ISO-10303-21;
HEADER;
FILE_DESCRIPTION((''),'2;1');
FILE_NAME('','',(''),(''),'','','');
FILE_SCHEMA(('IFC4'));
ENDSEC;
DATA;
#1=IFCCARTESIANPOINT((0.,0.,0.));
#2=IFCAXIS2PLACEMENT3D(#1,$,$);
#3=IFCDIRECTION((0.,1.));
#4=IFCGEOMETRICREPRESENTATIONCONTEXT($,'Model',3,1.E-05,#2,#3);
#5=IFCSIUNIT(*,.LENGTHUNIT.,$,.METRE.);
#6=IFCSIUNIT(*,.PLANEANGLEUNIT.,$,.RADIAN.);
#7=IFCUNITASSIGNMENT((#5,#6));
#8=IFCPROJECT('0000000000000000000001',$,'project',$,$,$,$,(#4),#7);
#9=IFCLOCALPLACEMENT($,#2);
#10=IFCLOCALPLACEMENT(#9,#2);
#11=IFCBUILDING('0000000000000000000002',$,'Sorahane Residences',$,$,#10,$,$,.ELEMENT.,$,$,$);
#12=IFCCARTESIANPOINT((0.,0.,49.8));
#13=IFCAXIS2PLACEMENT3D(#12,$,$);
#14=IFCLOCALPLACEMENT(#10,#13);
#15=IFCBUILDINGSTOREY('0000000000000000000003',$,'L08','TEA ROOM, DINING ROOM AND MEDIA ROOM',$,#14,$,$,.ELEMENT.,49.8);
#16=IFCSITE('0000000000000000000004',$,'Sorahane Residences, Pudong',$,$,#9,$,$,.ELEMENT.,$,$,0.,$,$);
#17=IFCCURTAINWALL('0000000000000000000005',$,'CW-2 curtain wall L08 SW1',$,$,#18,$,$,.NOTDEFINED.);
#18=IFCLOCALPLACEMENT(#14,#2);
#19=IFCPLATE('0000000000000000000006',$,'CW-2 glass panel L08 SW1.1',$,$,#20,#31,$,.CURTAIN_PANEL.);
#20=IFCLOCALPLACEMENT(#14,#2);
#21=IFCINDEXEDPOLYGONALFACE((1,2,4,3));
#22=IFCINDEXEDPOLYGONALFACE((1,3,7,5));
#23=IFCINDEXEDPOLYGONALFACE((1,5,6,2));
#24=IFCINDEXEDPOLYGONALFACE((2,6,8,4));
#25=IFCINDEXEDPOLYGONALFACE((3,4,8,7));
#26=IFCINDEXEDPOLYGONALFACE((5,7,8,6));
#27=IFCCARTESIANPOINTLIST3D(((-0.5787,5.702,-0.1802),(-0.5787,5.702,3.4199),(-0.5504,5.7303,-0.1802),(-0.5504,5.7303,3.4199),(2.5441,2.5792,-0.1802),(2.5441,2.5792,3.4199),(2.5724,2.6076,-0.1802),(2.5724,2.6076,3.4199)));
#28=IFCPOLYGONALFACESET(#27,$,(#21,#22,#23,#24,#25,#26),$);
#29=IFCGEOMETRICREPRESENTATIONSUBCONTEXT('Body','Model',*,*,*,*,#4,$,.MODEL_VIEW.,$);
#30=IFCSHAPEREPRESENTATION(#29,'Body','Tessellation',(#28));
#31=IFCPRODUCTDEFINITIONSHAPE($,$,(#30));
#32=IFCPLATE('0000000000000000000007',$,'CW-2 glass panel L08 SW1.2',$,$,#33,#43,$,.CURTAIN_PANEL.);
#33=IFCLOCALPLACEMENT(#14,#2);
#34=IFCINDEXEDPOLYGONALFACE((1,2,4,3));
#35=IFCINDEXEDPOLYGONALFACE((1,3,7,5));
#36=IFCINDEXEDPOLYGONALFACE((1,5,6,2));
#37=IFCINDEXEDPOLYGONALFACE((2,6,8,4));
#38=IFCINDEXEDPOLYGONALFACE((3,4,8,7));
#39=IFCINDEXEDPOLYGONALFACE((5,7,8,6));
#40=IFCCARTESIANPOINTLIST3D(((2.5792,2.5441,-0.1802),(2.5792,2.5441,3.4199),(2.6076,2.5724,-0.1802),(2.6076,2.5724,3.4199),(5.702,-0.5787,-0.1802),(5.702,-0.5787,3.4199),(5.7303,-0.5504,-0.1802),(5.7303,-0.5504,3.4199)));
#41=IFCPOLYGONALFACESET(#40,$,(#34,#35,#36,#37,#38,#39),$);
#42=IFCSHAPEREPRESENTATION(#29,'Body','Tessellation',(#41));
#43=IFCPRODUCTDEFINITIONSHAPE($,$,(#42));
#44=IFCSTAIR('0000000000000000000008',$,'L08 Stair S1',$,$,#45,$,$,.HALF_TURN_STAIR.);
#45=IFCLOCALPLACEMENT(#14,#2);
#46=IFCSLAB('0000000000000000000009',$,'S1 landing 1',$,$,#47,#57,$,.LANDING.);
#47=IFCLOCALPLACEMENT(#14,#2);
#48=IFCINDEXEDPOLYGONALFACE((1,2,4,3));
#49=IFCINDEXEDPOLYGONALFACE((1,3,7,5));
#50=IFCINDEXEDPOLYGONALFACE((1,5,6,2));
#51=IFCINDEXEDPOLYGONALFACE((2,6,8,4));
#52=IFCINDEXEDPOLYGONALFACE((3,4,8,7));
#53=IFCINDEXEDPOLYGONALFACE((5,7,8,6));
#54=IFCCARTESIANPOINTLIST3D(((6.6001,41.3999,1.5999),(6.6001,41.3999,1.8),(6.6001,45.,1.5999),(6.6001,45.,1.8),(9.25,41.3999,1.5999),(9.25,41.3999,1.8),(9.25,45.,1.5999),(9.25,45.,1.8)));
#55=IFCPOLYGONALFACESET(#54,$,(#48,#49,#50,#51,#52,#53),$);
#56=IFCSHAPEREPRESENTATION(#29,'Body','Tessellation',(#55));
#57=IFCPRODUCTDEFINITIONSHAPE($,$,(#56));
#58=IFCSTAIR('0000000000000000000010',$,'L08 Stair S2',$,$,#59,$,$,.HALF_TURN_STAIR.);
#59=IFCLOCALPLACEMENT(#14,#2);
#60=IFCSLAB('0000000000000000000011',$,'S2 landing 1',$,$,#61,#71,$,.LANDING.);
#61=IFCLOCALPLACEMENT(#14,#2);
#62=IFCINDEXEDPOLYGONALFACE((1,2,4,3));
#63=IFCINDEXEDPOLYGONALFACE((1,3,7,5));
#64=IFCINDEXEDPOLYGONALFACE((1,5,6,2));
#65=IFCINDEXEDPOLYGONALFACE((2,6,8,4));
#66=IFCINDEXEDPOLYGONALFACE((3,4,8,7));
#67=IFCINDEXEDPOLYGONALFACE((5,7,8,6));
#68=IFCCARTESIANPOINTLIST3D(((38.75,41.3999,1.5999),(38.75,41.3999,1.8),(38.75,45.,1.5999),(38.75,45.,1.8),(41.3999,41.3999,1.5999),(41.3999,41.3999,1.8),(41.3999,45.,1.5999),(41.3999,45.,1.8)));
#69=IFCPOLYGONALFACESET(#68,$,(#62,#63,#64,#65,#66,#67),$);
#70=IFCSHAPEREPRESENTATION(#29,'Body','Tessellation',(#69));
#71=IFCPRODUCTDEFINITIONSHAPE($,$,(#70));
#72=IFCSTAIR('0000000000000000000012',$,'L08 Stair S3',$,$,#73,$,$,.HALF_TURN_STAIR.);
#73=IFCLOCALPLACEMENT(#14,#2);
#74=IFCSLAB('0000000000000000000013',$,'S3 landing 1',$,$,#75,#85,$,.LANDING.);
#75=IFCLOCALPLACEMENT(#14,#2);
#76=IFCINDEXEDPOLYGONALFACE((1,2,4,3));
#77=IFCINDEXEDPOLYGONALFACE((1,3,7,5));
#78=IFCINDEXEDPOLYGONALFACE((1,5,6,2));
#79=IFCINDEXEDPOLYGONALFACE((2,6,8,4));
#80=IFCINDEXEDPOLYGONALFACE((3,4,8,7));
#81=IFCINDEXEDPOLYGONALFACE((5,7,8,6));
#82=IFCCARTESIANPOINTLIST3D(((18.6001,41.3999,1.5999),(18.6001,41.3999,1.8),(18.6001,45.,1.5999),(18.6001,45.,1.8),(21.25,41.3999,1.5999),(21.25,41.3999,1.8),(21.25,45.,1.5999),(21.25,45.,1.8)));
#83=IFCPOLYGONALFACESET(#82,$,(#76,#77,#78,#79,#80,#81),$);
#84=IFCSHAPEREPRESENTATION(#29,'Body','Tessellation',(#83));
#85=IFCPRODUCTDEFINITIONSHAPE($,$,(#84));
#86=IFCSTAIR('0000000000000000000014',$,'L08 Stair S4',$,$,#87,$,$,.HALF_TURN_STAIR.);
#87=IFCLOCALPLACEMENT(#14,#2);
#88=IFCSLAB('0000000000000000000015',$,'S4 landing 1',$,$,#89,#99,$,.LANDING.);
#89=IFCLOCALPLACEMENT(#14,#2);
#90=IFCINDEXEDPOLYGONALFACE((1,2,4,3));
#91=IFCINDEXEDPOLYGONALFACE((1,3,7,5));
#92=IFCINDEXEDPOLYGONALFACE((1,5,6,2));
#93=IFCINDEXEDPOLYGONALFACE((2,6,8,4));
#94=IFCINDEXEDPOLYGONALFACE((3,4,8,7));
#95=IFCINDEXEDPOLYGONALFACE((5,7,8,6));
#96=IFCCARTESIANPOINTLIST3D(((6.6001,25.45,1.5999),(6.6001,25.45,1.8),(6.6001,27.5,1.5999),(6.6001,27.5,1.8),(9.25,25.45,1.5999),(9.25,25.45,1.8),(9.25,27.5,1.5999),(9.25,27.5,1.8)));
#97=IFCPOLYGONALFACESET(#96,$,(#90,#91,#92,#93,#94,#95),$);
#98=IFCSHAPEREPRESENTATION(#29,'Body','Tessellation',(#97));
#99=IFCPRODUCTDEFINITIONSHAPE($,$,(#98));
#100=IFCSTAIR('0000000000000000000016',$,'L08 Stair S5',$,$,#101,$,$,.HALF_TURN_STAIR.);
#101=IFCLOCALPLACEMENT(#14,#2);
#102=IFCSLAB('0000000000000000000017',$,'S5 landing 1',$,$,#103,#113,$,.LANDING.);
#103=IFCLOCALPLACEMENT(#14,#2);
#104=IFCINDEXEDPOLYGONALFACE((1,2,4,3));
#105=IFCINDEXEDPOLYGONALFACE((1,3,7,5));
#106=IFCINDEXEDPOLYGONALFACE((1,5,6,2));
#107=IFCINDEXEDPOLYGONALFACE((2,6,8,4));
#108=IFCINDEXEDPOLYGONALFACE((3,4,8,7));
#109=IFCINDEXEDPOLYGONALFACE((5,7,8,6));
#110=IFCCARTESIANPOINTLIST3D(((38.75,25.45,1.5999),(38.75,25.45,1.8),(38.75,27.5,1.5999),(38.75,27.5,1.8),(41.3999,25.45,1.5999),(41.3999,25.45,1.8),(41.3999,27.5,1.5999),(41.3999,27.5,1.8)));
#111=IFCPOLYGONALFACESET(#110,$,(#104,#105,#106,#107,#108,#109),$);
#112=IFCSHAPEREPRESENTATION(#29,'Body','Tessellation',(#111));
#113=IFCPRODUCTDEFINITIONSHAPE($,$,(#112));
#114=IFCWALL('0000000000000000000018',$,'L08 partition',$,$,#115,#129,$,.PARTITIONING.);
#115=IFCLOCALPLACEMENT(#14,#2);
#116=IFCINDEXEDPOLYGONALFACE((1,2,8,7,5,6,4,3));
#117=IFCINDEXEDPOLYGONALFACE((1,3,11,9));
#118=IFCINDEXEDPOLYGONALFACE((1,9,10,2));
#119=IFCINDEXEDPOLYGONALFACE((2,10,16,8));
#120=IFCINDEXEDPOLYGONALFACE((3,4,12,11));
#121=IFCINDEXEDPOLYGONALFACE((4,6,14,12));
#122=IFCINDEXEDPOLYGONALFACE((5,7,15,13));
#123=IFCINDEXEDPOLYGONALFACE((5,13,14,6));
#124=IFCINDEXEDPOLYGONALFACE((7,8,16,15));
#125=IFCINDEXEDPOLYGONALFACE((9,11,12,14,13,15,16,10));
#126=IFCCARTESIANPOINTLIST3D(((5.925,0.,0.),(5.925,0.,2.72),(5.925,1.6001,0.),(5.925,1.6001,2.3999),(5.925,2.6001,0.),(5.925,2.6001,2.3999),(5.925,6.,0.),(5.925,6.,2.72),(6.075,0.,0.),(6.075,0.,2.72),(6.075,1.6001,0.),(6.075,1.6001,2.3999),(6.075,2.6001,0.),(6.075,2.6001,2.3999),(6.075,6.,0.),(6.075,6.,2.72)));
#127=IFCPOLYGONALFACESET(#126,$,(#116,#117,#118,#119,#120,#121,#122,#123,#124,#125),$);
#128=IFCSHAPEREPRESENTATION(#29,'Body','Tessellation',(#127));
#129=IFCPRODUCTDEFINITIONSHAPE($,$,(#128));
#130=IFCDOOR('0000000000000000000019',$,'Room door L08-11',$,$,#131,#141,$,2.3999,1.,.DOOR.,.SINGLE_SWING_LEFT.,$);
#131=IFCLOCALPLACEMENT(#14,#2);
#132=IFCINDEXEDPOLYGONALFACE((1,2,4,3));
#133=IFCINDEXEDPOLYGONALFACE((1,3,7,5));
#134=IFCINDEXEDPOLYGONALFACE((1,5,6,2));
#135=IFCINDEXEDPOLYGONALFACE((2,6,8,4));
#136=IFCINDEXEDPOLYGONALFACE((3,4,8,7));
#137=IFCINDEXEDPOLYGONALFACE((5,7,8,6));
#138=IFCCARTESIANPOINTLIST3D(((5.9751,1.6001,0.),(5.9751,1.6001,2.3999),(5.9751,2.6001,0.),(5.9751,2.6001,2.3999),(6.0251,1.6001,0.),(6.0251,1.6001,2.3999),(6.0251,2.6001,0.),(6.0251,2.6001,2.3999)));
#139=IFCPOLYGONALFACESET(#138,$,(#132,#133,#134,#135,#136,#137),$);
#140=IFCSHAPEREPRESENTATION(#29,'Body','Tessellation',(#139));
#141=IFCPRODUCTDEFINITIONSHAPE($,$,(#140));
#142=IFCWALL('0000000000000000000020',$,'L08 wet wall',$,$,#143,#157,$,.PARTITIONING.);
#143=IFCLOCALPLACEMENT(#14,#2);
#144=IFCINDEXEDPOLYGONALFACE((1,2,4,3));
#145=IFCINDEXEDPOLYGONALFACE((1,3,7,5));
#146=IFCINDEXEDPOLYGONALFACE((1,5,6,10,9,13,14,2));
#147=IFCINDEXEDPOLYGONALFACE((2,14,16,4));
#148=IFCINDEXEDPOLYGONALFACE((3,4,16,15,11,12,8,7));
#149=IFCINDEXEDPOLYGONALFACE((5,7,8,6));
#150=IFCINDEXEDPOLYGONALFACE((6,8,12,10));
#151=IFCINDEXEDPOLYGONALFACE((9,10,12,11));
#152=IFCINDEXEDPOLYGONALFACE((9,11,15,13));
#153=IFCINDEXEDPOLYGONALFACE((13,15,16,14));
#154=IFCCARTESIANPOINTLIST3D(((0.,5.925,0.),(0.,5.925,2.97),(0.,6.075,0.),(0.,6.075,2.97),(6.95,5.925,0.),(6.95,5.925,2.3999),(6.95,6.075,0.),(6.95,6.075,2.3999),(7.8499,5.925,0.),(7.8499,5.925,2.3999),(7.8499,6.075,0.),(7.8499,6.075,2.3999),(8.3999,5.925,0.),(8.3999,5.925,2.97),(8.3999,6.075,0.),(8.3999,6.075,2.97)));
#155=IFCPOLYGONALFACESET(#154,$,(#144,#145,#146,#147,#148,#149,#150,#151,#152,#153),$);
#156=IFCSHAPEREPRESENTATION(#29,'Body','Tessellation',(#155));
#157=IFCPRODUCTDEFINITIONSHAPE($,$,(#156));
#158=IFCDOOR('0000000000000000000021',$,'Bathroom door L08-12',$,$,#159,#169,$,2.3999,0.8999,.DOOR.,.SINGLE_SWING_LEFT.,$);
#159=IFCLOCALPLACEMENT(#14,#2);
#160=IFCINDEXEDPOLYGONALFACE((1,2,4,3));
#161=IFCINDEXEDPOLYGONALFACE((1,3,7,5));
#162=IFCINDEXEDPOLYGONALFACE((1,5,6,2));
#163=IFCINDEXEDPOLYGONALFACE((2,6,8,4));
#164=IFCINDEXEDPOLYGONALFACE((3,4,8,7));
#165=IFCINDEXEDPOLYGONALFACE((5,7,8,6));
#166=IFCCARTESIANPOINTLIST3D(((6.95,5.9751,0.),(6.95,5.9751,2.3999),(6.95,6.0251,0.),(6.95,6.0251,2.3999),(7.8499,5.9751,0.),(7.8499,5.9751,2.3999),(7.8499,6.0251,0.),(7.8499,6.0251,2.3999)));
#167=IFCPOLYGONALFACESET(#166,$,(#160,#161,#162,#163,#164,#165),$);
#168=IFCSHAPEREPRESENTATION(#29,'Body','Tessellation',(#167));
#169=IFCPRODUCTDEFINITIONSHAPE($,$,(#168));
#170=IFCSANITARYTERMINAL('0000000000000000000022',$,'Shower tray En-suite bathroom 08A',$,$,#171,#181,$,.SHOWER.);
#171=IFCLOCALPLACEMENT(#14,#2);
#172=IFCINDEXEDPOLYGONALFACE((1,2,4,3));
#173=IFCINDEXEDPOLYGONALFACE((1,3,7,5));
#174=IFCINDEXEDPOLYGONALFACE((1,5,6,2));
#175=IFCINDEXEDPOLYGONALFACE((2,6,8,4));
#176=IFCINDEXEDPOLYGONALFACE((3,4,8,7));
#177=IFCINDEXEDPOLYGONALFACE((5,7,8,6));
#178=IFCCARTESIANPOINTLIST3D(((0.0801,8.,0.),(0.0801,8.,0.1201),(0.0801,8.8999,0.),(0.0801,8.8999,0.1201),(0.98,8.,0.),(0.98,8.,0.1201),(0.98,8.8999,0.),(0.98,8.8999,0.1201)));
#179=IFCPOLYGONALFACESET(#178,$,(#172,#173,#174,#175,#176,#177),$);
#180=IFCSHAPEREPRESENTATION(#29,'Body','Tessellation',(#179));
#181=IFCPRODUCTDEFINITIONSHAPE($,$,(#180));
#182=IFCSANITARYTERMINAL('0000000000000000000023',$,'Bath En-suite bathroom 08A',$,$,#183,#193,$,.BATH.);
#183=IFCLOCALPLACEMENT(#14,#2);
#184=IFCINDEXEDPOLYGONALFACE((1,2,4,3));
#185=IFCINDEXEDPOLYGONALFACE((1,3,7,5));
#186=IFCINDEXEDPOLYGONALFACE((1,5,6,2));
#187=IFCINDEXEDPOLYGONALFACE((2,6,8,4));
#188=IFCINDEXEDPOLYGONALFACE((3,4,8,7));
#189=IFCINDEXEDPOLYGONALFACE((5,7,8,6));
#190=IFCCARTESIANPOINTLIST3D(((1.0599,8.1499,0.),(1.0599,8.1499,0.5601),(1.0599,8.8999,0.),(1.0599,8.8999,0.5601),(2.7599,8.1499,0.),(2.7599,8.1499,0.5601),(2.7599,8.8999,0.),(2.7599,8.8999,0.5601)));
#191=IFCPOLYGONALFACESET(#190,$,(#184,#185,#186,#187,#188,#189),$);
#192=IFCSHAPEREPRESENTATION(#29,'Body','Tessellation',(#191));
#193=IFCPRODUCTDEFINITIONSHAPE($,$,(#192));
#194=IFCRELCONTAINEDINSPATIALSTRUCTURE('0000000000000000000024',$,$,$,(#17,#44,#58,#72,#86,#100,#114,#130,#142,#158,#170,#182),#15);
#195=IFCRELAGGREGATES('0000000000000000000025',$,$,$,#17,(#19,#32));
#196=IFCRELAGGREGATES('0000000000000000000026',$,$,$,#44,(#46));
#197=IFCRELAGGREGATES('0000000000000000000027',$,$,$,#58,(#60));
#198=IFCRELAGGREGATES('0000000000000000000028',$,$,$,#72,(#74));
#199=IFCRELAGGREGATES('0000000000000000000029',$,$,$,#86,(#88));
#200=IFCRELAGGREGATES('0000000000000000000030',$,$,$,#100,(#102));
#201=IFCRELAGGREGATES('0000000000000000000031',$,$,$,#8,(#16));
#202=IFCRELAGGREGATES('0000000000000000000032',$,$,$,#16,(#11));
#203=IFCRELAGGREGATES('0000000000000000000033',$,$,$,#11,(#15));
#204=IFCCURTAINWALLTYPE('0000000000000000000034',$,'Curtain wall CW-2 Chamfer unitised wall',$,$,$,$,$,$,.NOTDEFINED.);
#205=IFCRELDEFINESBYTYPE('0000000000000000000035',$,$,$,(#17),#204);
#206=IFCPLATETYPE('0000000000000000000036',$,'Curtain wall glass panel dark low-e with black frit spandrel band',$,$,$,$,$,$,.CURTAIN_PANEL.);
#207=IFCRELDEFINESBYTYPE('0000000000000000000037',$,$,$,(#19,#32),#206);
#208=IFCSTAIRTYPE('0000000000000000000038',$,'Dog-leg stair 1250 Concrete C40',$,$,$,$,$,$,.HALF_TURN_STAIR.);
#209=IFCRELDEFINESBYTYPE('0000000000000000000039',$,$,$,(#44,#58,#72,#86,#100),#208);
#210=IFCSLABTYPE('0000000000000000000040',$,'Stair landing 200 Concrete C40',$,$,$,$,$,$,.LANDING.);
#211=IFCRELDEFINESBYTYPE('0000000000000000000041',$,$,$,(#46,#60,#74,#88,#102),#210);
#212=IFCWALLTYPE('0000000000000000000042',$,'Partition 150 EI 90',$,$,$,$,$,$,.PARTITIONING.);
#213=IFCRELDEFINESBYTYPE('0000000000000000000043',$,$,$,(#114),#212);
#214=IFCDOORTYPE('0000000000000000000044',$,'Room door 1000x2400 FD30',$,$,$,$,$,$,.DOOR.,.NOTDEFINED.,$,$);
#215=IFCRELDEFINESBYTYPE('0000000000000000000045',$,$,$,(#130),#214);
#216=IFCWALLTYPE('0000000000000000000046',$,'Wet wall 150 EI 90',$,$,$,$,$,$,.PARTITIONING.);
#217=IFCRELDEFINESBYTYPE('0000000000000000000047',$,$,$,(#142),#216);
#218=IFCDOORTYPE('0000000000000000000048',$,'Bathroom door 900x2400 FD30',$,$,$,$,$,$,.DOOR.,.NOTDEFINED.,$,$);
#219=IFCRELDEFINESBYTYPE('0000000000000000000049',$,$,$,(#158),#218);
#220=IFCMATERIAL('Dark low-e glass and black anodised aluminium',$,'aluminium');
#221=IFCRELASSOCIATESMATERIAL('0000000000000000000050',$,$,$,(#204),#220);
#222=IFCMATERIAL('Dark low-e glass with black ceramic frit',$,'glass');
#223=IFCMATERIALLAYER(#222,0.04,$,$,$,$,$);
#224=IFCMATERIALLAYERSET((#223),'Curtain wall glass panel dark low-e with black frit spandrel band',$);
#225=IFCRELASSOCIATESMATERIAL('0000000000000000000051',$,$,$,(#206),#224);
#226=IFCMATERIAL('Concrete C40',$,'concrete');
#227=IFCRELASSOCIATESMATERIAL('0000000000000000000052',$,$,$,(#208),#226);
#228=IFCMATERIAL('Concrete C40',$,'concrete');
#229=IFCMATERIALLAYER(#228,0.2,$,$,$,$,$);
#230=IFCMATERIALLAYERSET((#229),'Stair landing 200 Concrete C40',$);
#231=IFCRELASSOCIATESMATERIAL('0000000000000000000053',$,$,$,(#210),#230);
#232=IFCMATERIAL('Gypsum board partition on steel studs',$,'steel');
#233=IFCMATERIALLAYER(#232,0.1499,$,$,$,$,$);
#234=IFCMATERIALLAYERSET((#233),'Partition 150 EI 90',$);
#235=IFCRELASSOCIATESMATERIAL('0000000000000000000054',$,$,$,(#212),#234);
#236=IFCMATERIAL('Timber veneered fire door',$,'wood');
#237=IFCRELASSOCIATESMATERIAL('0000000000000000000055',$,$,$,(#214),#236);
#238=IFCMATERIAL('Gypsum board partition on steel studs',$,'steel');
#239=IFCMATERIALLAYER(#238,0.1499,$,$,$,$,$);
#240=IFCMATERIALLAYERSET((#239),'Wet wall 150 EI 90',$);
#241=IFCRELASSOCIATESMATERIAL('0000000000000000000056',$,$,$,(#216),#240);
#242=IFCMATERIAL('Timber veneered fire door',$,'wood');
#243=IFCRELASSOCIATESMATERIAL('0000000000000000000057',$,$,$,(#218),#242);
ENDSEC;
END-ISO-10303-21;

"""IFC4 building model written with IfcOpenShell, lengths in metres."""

from ifc_helpers import new_model, si_unit, direction, frame, frame_2d, origin, origin_2d, place, context, subcontext, project, spatial, polyline, rectangle, outline, extrude, material, layer, layer_set, type_object, element, fill, aggregate, save


model = new_model("IFC4")

# Units and contexts
model_context = context("Model", 3, precision=1e-05, world=origin(), true_north=direction((0.0, 1.0)))
body_context = subcontext(model_context, "Body", "Model", "MODEL_VIEW")
ifc_project = project(units=[si_unit("LENGTHUNIT", "METRE"), si_unit("PLANEANGLEUNIT", "RADIAN")], contexts=[model_context])

# Site, building, storey
site_placement = place(None, origin())
site = spatial("IfcSite", under=ifc_project, at=site_placement, Name="Sorahane Residences, Pudong", CompositionType="ELEMENT", RefElevation=0.0)
building_placement = place(site_placement, origin())
building = spatial("IfcBuilding", under=site, at=building_placement, Name="Sorahane Residences", CompositionType="ELEMENT")
storey_placement = place(building_placement, frame((0.0, 0.0, 49.8)))
storey = spatial("IfcBuildingStorey", under=building, at=storey_placement, Name="L08", Description="TEA ROOM, DINING ROOM AND MEDIA ROOM", CompositionType="ELEMENT", Elevation=49.8)

# Curtain wall
ifc_material_1 = material(Name="Dark low-e glass and black anodised aluminium", Category="aluminium")
curtain_wall_type_1 = type_object("IfcCurtainWallType", Name="Curtain wall CW-2 Chamfer unitised wall", PredefinedType="NOTDEFINED", material=ifc_material_1)
curtain_wall_1_placement = place(storey_placement, origin())
curtain_wall_1 = element("IfcCurtainWall", 1, at=curtain_wall_1_placement, inside=storey, type_object=curtain_wall_type_1, Name="CW-2 curtain wall L08 SW1", PredefinedType="NOTDEFINED")

# Plates
ifc_material_2 = material(Name="Dark low-e glass with black ceramic frit", Category="glass")
ifc_layer_1 = layer(ifc_material_2, 0.04)
ifc_layer_set_1 = layer_set([ifc_layer_1], Name="Curtain wall glass panel dark low-e with black frit spandrel band")
plate_type = type_object("IfcPlateType", Name="Curtain wall glass panel dark low-e with black frit spandrel band", PredefinedType="CURTAIN_PANEL", material=ifc_layer_set_1)
plate_1_placement = place(storey_placement, frame((0.9968, 4.1548, -0.1802), z_axis=(0.0, 0.0, 1.0), x_axis=(0.707107, -0.707107, 0.0)))
plate_1 = element("IfcPlate", 2, at=plate_1_placement, type_object=plate_type, Name="CW-2 glass panel L08 SW1.1", PredefinedType="CURTAIN_PANEL", context=body_context, shape_type="SweptSolid", body=[
    extrude(rectangle(XDim=4.4163, YDim=0.04, at=origin_2d()), origin(), (0.0, 0.0, 1.0), 3.6001),
])
plate_2_placement = place(storey_placement, frame((4.1548, 0.9968, -0.1802), z_axis=(0.0, 0.0, 1.0), x_axis=(0.707107, -0.707107, 0.0)))
plate_2 = element("IfcPlate", 3, at=plate_2_placement, type_object=plate_type, Name="CW-2 glass panel L08 SW1.2", PredefinedType="CURTAIN_PANEL", context=body_context, shape_type="SweptSolid", body=[
    extrude(rectangle(XDim=4.4163, YDim=0.04, at=origin_2d()), origin(), (0.0, 0.0, 1.0), 3.6001),
])
aggregate(curtain_wall_1, [plate_1, plate_2])

# Stairs, slabs
ifc_material_3 = material(Name="Concrete C40", Category="concrete")
stair_type = type_object("IfcStairType", Name="Dog-leg stair 1250 Concrete C40", PredefinedType="HALF_TURN_STAIR", material=ifc_material_3)
stair_1_placement = place(storey_placement, origin())
stair_1 = element("IfcStair", 4, at=stair_1_placement, inside=storey, type_object=stair_type, Name="L08 Stair S1", PredefinedType="HALF_TURN_STAIR")
ifc_material_4 = material(Name="Concrete C40", Category="concrete")
ifc_layer_2 = layer(ifc_material_4, 0.2)
ifc_layer_set_2 = layer_set([ifc_layer_2], Name="Stair landing 200 Concrete C40")
slab_type_1 = type_object("IfcSlabType", Name="Stair landing 200 Concrete C40", PredefinedType="LANDING", material=ifc_layer_set_2)
slab_1_placement = place(storey_placement, frame((0.0, 0.0, 1.5999)))
slab_1 = element("IfcSlab", 5, at=slab_1_placement, type_object=slab_type_1, Name="S1 landing 1", PredefinedType="LANDING", context=body_context, shape_type="SweptSolid", body=[
    extrude(outline(polyline([(9.25, 41.3999), (9.25, 45.0), (6.6001, 45.0), (6.6001, 41.3999), (9.25, 41.3999)])), origin(), (0.0, 0.0, 1.0), 0.2002),
])
aggregate(stair_1, [slab_1])
stair_2_placement = place(storey_placement, origin())
stair_2 = element("IfcStair", 6, at=stair_2_placement, inside=storey, type_object=stair_type, Name="L08 Stair S2", PredefinedType="HALF_TURN_STAIR")
slab_2_placement = place(storey_placement, frame((0.0, 0.0, 1.5999)))
slab_2 = element("IfcSlab", 7, at=slab_2_placement, type_object=slab_type_1, Name="S2 landing 1", PredefinedType="LANDING", context=body_context, shape_type="SweptSolid", body=[
    extrude(outline(polyline([(41.3999, 41.3999), (41.3999, 45.0), (38.75, 45.0), (38.75, 41.3999), (41.3999, 41.3999)])), origin(), (0.0, 0.0, 1.0), 0.2002),
])
aggregate(stair_2, [slab_2])
stair_3_placement = place(storey_placement, origin())
stair_3 = element("IfcStair", 8, at=stair_3_placement, inside=storey, type_object=stair_type, Name="L08 Stair S3", PredefinedType="HALF_TURN_STAIR")
slab_3_placement = place(storey_placement, frame((0.0, 0.0, 1.5999)))
slab_3 = element("IfcSlab", 9, at=slab_3_placement, type_object=slab_type_1, Name="S3 landing 1", PredefinedType="LANDING", context=body_context, shape_type="SweptSolid", body=[
    extrude(outline(polyline([(21.25, 41.3999), (21.25, 45.0), (18.6001, 45.0), (18.6001, 41.3999), (21.25, 41.3999)])), origin(), (0.0, 0.0, 1.0), 0.2002),
])
aggregate(stair_3, [slab_3])
stair_4_placement = place(storey_placement, origin())
stair_4 = element("IfcStair", 10, at=stair_4_placement, inside=storey, type_object=stair_type, Name="L08 Stair S4", PredefinedType="HALF_TURN_STAIR")
slab_4_placement = place(storey_placement, frame((0.0, 0.0, 1.5999)))
slab_4 = element("IfcSlab", 11, at=slab_4_placement, type_object=slab_type_1, Name="S4 landing 1", PredefinedType="LANDING", context=body_context, shape_type="SweptSolid", body=[
    extrude(outline(polyline([(9.25, 25.45), (9.25, 27.5), (6.6001, 27.5), (6.6001, 25.45), (9.25, 25.45)])), origin(), (0.0, 0.0, 1.0), 0.2002),
])
aggregate(stair_4, [slab_4])
stair_5_placement = place(storey_placement, origin())
stair_5 = element("IfcStair", 12, at=stair_5_placement, inside=storey, type_object=stair_type, Name="L08 Stair S5", PredefinedType="HALF_TURN_STAIR")
slab_5_placement = place(storey_placement, frame((0.0, 0.0, 1.5999)))
slab_5 = element("IfcSlab", 13, at=slab_5_placement, type_object=slab_type_1, Name="S5 landing 1", PredefinedType="LANDING", context=body_context, shape_type="SweptSolid", body=[
    extrude(outline(polyline([(41.3999, 25.45), (41.3999, 27.5), (38.75, 27.5), (38.75, 25.45), (41.3999, 25.45)])), origin(), (0.0, 0.0, 1.0), 0.2002),
])
aggregate(stair_5, [slab_5])

# Walls, openings, doors
ifc_material_5 = material(Name="Gypsum board partition on steel studs", Category="steel")
ifc_layer_3 = layer(ifc_material_5, 0.1499)
ifc_layer_set_3 = layer_set([ifc_layer_3], Name="Partition 150 EI 90")
wall_type_1 = type_object("IfcWallType", Name="Partition 150 EI 90", PredefinedType="PARTITIONING", material=ifc_layer_set_3)
wall_1_placement = place(storey_placement, frame((6.0, 0.0, 0.0), z_axis=(0.0, 0.0, 1.0), x_axis=(0.0, 1.0, 0.0)))
wall_1 = element("IfcWall", 14, at=wall_1_placement, inside=storey, type_object=wall_type_1, Name="L08 partition", PredefinedType="PARTITIONING", context=body_context, shape_type="SweptSolid", body=[
    extrude(rectangle(XDim=6.0, YDim=0.1499, at=frame_2d((3.0, 0.0))), origin(), (0.0, 0.0, 1.0), 2.72),
])
opening_1_placement = place(wall_1_placement, frame((1.6001, 0.0, 0.0)))
opening_1 = element("IfcOpeningElement", 15, at=opening_1_placement, cuts=wall_1, PredefinedType="OPENING", context=body_context, shape_type="SweptSolid", body=[
    extrude(rectangle(XDim=1.0, YDim=2.3999, at=frame_2d((0.5, 1.2))), frame((0.0, 0.085, 0.0), z_axis=(0.0, -1.0, 0.0), x_axis=(1.0, 0.0, 0.0)), (0.0, 0.0, 1.0), 0.1699),
])
ifc_material_6 = material(Name="Timber veneered fire door", Category="wood")
door_type_1 = type_object("IfcDoorType", Name="Room door 1000x2400 FD30", OperationType="NOTDEFINED", PredefinedType="DOOR", material=ifc_material_6)
door_1_placement = place(opening_1_placement, origin())
door_1 = element("IfcDoor", 16, at=door_1_placement, inside=storey, type_object=door_type_1, Name="Room door L08-11", OperationType="SINGLE_SWING_LEFT", OverallHeight=2.3999, OverallWidth=1.0, PredefinedType="DOOR", context=body_context, shape_type="SweptSolid", body=[
    extrude(rectangle(XDim=1.0, YDim=2.3999, at=frame_2d((0.5, 1.2))), frame((0.0, 0.0249, 0.0), z_axis=(0.0, -1.0, 0.0), x_axis=(1.0, 0.0, 0.0)), (0.0, 0.0, 1.0), 0.05),
])
fill(opening_1, door_1)
ifc_material_7 = material(Name="Gypsum board partition on steel studs", Category="steel")
ifc_layer_4 = layer(ifc_material_7, 0.1499)
ifc_layer_set_4 = layer_set([ifc_layer_4], Name="Wet wall 150 EI 90")
wall_type_2 = type_object("IfcWallType", Name="Wet wall 150 EI 90", PredefinedType="PARTITIONING", material=ifc_layer_set_4)
wall_2_placement = place(storey_placement, frame((0.0, 6.0, 0.0), z_axis=(0.0, 0.0, 1.0), x_axis=(1.0, 0.0, 0.0)))
wall_2 = element("IfcWall", 17, at=wall_2_placement, inside=storey, type_object=wall_type_2, Name="L08 wet wall", PredefinedType="PARTITIONING", context=body_context, shape_type="SweptSolid", body=[
    extrude(rectangle(XDim=8.3999, YDim=0.1499, at=frame_2d((4.2, 0.0))), origin(), (0.0, 0.0, 1.0), 2.97),
])
opening_2_placement = place(wall_2_placement, frame((6.95, 0.0, 0.0)))
opening_2 = element("IfcOpeningElement", 18, at=opening_2_placement, cuts=wall_2, PredefinedType="OPENING", context=body_context, shape_type="SweptSolid", body=[
    extrude(rectangle(XDim=0.8999, YDim=2.3999, at=frame_2d((0.45, 1.2))), frame((0.0, 0.085, 0.0), z_axis=(0.0, -1.0, 0.0), x_axis=(1.0, 0.0, 0.0)), (0.0, 0.0, 1.0), 0.1699),
])
ifc_material_8 = material(Name="Timber veneered fire door", Category="wood")
door_type_2 = type_object("IfcDoorType", Name="Bathroom door 900x2400 FD30", OperationType="NOTDEFINED", PredefinedType="DOOR", material=ifc_material_8)
door_2_placement = place(opening_2_placement, frame((0.8999, 0.0, 0.0), z_axis=(0.0, 0.0, 1.0), x_axis=(-1.0, 0.0, 0.0)))
door_2 = element("IfcDoor", 19, at=door_2_placement, inside=storey, type_object=door_type_2, Name="Bathroom door L08-12", OperationType="SINGLE_SWING_LEFT", OverallHeight=2.3999, OverallWidth=0.8999, PredefinedType="DOOR", context=body_context, shape_type="SweptSolid", body=[
    extrude(rectangle(XDim=0.8999, YDim=2.3999, at=frame_2d((0.45, 1.2))), frame((0.0, 0.0249, 0.0), z_axis=(0.0, -1.0, 0.0), x_axis=(1.0, 0.0, 0.0)), (0.0, 0.0, 1.0), 0.05),
])
fill(opening_2, door_2)

# Sanitary terminals
sanitary_terminal_1_placement = place(storey_placement, frame((0.53, 8.45, 0.0), z_axis=(0.0, 0.0, 1.0), x_axis=(1.0, 0.0, 0.0)))
element("IfcSanitaryTerminal", 20, at=sanitary_terminal_1_placement, inside=storey, Name="Shower tray En-suite bathroom 08A", PredefinedType="SHOWER", context=body_context, shape_type="SweptSolid", body=[
    extrude(rectangle(XDim=0.8999, YDim=0.8999, at=origin_2d()), origin(), (0.0, 0.0, 1.0), 0.1201),
])
sanitary_terminal_2_placement = place(storey_placement, frame((1.9099, 8.5249, 0.0), z_axis=(0.0, 0.0, 1.0), x_axis=(1.0, 0.0, 0.0)))
element("IfcSanitaryTerminal", 21, at=sanitary_terminal_2_placement, inside=storey, Name="Bath En-suite bathroom 08A", PredefinedType="BATH", context=body_context, shape_type="SweptSolid", body=[
    extrude(rectangle(XDim=1.7, YDim=0.75, at=origin_2d()), origin(), (0.0, 0.0, 1.0), 0.5601),
])

save(model, "model.ifc")
